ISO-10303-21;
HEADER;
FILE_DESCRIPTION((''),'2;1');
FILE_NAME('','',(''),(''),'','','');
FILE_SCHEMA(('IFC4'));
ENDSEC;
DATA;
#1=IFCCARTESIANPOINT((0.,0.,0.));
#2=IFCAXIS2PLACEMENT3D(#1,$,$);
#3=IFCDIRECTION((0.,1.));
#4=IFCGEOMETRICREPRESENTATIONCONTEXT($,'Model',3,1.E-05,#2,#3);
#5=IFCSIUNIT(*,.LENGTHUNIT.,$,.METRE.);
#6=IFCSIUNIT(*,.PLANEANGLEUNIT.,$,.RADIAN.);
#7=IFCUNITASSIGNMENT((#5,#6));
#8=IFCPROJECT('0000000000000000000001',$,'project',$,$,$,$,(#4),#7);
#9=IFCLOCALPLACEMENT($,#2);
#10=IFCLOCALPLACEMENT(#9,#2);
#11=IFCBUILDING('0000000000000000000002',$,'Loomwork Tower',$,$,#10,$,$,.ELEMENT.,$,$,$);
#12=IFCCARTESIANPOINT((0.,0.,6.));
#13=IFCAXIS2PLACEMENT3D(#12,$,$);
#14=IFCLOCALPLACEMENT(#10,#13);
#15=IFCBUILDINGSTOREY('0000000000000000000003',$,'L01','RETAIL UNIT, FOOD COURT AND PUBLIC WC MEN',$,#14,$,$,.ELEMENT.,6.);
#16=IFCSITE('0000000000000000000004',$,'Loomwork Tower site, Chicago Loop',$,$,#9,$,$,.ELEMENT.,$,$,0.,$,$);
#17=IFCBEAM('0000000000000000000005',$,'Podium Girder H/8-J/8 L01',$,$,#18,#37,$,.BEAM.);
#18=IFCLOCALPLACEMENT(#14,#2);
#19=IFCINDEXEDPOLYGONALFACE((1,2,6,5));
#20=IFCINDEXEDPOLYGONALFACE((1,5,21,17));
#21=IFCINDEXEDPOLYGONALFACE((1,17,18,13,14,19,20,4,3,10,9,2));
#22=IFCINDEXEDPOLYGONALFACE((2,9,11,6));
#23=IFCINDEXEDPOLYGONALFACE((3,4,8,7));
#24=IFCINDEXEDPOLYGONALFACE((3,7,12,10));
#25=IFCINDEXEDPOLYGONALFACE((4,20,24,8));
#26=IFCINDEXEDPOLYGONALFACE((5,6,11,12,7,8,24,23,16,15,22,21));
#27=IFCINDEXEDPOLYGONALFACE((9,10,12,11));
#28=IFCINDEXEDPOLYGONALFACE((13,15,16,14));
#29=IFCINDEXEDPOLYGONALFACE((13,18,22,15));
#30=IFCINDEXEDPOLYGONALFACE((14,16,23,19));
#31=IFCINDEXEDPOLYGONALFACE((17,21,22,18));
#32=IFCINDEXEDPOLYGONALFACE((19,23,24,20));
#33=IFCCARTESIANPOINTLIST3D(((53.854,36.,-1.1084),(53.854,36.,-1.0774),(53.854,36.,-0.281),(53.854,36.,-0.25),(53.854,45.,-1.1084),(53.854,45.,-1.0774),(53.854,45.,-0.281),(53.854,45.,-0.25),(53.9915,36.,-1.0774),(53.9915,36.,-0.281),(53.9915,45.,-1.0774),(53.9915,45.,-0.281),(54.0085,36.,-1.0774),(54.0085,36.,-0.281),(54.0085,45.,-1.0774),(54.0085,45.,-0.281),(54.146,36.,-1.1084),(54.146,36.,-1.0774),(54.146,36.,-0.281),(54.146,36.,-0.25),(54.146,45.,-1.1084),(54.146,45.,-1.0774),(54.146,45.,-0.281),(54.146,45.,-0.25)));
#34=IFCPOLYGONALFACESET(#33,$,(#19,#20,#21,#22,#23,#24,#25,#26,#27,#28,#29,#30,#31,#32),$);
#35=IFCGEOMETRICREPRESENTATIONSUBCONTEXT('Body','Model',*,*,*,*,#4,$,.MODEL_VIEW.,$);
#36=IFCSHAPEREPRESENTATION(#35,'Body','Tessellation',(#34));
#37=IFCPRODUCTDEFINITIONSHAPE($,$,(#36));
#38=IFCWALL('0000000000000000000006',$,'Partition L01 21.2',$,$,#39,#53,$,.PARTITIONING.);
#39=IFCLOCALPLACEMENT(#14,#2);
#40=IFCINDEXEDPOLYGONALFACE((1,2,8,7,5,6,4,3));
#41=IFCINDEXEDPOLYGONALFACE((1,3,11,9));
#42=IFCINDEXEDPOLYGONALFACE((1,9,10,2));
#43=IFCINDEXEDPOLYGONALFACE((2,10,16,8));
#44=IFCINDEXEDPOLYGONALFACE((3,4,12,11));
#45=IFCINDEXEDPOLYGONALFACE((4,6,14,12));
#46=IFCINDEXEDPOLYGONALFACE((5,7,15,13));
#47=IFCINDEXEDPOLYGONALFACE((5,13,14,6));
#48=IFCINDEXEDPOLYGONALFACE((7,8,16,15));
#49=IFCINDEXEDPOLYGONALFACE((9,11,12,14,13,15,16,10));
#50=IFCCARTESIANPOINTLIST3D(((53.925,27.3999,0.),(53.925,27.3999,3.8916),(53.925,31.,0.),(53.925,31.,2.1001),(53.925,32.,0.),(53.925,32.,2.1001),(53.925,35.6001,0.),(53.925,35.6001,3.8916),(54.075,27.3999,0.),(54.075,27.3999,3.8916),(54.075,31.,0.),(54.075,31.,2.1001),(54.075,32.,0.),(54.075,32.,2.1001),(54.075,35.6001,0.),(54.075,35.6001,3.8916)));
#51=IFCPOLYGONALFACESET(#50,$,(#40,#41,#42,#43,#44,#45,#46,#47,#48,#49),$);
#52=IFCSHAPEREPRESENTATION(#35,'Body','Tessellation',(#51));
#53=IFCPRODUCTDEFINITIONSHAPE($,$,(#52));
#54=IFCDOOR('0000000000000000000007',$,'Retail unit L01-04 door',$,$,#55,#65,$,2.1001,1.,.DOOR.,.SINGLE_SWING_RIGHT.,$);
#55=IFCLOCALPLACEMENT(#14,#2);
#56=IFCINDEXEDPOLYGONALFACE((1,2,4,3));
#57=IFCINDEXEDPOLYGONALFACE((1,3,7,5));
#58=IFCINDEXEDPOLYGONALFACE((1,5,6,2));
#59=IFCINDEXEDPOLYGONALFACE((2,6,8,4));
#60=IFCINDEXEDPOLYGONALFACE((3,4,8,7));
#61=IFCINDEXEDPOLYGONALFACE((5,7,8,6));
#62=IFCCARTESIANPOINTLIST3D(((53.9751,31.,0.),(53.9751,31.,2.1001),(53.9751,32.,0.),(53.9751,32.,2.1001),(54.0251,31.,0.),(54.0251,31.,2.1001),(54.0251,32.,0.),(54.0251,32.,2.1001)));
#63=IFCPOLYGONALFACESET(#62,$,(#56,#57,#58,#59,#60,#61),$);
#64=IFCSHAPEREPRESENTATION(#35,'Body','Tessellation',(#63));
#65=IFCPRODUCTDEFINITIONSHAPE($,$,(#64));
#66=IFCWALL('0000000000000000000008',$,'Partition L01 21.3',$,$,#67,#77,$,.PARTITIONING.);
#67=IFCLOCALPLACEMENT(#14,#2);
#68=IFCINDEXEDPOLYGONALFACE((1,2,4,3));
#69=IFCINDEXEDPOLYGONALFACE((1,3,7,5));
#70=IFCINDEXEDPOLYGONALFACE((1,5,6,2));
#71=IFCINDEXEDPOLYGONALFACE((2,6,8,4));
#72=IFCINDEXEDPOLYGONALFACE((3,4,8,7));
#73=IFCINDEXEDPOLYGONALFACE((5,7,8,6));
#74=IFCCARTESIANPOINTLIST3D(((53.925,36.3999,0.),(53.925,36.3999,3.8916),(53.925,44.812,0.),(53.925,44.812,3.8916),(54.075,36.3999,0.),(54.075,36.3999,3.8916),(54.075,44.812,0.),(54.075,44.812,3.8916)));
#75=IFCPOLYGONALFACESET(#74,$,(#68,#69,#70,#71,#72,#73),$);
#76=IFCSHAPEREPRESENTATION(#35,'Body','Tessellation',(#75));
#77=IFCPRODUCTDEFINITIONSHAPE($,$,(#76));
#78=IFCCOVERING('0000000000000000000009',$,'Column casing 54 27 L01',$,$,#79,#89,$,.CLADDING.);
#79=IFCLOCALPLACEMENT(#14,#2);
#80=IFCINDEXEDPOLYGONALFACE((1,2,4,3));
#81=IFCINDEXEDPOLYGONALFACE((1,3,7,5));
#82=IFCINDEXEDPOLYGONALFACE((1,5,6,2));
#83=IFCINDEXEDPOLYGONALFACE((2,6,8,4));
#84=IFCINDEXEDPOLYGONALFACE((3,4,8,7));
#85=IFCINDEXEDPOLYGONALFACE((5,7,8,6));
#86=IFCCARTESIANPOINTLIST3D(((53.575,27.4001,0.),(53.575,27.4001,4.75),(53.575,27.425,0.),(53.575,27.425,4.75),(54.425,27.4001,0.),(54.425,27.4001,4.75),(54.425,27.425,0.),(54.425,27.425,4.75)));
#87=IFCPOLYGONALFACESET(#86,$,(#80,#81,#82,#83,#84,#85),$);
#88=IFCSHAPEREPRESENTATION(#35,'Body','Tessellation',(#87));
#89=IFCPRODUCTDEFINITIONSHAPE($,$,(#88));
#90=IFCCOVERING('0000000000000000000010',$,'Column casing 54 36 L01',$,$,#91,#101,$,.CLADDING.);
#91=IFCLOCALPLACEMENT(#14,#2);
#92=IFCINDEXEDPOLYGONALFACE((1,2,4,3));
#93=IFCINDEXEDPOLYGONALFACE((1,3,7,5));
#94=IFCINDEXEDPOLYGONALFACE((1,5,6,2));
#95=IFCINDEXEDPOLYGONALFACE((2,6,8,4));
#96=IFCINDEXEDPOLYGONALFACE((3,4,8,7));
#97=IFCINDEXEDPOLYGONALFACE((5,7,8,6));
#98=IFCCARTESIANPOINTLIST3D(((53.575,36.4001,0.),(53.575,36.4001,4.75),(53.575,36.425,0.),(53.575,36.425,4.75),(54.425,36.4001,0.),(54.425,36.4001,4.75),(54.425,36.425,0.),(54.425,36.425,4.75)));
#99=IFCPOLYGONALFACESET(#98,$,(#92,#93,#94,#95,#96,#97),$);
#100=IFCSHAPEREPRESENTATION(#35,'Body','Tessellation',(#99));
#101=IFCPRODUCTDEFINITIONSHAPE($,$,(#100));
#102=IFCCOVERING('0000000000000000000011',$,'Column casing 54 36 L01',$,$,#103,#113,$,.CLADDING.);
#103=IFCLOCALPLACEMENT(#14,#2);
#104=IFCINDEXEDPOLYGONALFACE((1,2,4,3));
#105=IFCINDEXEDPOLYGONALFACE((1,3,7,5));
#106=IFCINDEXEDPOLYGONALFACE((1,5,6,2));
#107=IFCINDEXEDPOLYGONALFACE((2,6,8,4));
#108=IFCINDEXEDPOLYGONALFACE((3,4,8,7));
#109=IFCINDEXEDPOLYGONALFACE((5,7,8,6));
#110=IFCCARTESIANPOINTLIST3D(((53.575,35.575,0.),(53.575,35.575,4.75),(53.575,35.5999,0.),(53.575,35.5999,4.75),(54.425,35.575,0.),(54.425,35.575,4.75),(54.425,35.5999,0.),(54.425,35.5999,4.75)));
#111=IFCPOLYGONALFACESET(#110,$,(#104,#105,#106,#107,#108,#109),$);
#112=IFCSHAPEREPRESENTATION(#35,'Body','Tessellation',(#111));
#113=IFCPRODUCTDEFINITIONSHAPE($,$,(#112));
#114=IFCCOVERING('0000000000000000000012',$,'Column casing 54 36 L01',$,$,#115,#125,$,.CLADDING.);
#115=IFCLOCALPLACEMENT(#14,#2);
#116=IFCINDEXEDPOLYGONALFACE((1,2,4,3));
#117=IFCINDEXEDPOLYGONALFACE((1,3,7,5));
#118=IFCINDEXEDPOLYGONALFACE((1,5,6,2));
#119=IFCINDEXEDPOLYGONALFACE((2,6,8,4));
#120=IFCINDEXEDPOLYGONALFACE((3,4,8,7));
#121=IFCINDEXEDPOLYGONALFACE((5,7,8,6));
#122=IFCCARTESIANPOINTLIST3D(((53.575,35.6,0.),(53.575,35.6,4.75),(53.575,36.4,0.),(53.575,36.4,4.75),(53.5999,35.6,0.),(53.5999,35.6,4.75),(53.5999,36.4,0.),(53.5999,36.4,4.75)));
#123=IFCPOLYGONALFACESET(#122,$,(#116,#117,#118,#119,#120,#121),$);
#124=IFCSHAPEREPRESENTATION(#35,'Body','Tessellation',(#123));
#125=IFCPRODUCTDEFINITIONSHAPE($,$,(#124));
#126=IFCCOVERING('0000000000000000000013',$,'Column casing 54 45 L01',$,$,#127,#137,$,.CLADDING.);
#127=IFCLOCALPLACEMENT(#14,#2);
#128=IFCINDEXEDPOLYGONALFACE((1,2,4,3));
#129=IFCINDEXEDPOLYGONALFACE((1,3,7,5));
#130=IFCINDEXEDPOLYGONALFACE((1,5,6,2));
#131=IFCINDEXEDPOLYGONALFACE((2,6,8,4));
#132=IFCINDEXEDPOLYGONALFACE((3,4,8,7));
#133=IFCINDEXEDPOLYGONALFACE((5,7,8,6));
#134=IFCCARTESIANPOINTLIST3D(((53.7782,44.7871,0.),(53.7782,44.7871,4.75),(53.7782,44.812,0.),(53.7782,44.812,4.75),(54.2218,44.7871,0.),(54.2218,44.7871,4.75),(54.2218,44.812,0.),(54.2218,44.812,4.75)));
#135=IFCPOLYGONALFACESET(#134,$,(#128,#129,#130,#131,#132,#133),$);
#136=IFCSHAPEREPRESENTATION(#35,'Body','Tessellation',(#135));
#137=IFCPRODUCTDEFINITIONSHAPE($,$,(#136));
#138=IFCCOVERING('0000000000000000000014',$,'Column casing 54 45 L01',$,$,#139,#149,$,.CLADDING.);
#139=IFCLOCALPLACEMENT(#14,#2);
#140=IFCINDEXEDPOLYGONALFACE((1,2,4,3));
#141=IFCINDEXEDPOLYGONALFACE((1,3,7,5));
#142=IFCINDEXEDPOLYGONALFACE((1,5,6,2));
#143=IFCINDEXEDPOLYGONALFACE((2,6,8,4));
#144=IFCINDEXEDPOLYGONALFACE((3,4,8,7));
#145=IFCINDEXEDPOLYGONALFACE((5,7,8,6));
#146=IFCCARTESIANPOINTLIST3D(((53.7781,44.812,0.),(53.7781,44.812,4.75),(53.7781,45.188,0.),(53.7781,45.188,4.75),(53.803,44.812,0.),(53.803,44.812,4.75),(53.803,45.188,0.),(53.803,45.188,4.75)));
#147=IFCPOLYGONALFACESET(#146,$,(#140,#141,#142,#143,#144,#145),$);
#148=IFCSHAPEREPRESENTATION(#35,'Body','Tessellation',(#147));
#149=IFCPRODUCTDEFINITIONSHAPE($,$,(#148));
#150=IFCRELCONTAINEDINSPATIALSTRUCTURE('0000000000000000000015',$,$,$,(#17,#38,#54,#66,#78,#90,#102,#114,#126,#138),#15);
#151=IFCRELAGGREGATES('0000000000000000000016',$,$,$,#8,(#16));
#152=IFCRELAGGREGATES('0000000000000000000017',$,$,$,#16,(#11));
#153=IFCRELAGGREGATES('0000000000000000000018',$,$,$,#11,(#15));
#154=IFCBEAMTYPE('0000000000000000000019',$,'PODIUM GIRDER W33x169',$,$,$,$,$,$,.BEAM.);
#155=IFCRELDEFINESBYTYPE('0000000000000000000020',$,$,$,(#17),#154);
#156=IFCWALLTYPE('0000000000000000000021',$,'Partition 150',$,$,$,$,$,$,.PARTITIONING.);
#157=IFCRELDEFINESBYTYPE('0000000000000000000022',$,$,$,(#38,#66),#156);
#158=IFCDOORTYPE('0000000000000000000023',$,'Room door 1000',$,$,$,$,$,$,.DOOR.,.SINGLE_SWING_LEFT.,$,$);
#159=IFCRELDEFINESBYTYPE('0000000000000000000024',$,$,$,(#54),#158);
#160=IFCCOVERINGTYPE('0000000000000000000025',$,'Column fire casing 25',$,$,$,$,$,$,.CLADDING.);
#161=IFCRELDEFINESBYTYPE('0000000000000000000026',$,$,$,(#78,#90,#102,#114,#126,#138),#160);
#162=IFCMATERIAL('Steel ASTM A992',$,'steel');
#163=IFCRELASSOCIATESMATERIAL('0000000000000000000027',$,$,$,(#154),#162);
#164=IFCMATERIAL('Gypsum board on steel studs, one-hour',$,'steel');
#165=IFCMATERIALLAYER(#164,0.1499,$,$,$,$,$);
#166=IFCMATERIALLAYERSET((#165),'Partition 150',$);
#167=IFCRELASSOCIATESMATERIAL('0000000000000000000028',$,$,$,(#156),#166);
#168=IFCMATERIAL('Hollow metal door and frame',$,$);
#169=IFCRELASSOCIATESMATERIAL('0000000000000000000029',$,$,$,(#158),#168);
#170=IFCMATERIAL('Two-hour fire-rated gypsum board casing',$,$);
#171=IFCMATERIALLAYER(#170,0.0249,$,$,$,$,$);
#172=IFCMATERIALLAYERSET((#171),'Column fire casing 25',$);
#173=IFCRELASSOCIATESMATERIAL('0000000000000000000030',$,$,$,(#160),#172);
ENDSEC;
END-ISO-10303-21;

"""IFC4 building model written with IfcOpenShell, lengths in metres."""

from ifc_helpers import new_model, si_unit, direction, frame, frame_2d, origin, origin_2d, place, context, subcontext, project, spatial, rectangle, i_section, extrude, material, layer, layer_set, material_profile, profile_set, type_object, element, fill, save


model = new_model("IFC4")

# Units and contexts
model_context = context("Model", 3, precision=1e-05, world=origin(), true_north=direction((0.0, 1.0)))
body_context = subcontext(model_context, "Body", "Model", "MODEL_VIEW")
ifc_project = project(units=[si_unit("LENGTHUNIT", "METRE"), si_unit("PLANEANGLEUNIT", "RADIAN")], contexts=[model_context])

# Site, building, storey
site_placement = place(None, origin())
site = spatial("IfcSite", under=ifc_project, at=site_placement, Name="Loomwork Tower site, Chicago Loop", CompositionType="ELEMENT", RefElevation=0.0)
building_placement = place(site_placement, origin())
building = spatial("IfcBuilding", under=site, at=building_placement, Name="Loomwork Tower", CompositionType="ELEMENT")
storey_placement = place(building_placement, frame((0.0, 0.0, 6.0)))
storey = spatial("IfcBuildingStorey", under=building, at=storey_placement, Name="L01", Description="RETAIL UNIT, FOOD COURT AND PUBLIC WC MEN", CompositionType="ELEMENT", Elevation=6.0)

# Beam
ifc_material_1 = material(Name="Steel ASTM A992", Category="steel")
ifc_material_profile_1 = material_profile(ifc_material_1, i_section(OverallWidth=0.292, OverallDepth=0.8584, WebThickness=0.0171, FlangeThickness=0.031, at=origin_2d()), Name="W33x169")
ifc_profile_set_1 = profile_set([ifc_material_profile_1], Name="Steel ASTM A992")
beam_type_1 = type_object("IfcBeamType", Name="PODIUM GIRDER W33x169", PredefinedType="BEAM", material=ifc_profile_set_1)
for number, where, z_axis, x_axis, name in (
    (1, (54.0, 36.0, -0.6792), (0.0, 1.0, 0.0), (-1.0, 0.0, 0.0), "Podium Girder H/8-J/8 L01"),
):
    element("IfcBeam", number, at=place(storey_placement, frame(where, z_axis=z_axis, x_axis=x_axis)), inside=storey, type_object=beam_type_1, Name=name, PredefinedType="BEAM", context=body_context, shape_type="SweptSolid", body=[
        extrude(i_section(OverallWidth=0.292, OverallDepth=0.8584, WebThickness=0.0171, FlangeThickness=0.031, at=origin_2d()), origin(), (0.0, 0.0, 1.0), 9.0),
    ])

# Wall, opening, door
ifc_material_2 = material(Name="Gypsum board on steel studs, one-hour", Category="steel")
ifc_layer_1 = layer(ifc_material_2, 0.1499)
ifc_layer_set_1 = layer_set([ifc_layer_1], Name="Partition 150")
wall_type = type_object("IfcWallType", Name="Partition 150", PredefinedType="PARTITIONING", material=ifc_layer_set_1)
wall_1_placement = place(storey_placement, frame((54.0, 27.3999, 0.0), z_axis=(0.0, 0.0, 1.0), x_axis=(0.0, 1.0, 0.0)))
wall_1 = element("IfcWall", 2, at=wall_1_placement, inside=storey, type_object=wall_type, Name="Partition L01 21.2", PredefinedType="PARTITIONING", context=body_context, shape_type="SweptSolid", body=[
    extrude(rectangle(XDim=8.2002, YDim=0.1499, at=frame_2d((4.1001, 0.0))), origin(), (0.0, 0.0, 1.0), 3.8916),
])
opening_placement = place(wall_1_placement, frame((3.6001, 0.0, 0.0)))
opening = element("IfcOpeningElement", 3, at=opening_placement, cuts=wall_1, PredefinedType="OPENING", context=body_context, shape_type="SweptSolid", body=[
    extrude(rectangle(XDim=1.0, YDim=2.1001, at=frame_2d((0.5, 1.05))), frame((0.0, 0.085, 0.0), z_axis=(0.0, -1.0, 0.0), x_axis=(1.0, 0.0, 0.0)), (0.0, 0.0, 1.0), 0.1699),
])
ifc_material_3 = material(Name="Hollow metal door and frame")
door_type = type_object("IfcDoorType", Name="Room door 1000", OperationType="SINGLE_SWING_LEFT", PredefinedType="DOOR", material=ifc_material_3)
door_placement = place(opening_placement, origin())
door = element("IfcDoor", 4, at=door_placement, inside=storey, type_object=door_type, Name="Retail unit L01-04 door", OperationType="SINGLE_SWING_RIGHT", OverallHeight=2.1001, OverallWidth=1.0, PredefinedType="DOOR", context=body_context, shape_type="SweptSolid", body=[
    extrude(rectangle(XDim=1.0, YDim=2.1001, at=frame_2d((0.5, 1.05))), frame((0.0, 0.0249, 0.0), z_axis=(0.0, -1.0, 0.0), x_axis=(1.0, 0.0, 0.0)), (0.0, 0.0, 1.0), 0.05),
])
fill(opening, door)

# Wall
wall_2_placement = place(storey_placement, frame((54.0, 36.3999, 0.0), z_axis=(0.0, 0.0, 1.0), x_axis=(0.0, 1.0, 0.0)))
element("IfcWall", 5, at=wall_2_placement, inside=storey, type_object=wall_type, Name="Partition L01 21.3", PredefinedType="PARTITIONING", context=body_context, shape_type="SweptSolid", body=[
    extrude(rectangle(XDim=8.4121, YDim=0.1499, at=frame_2d((4.2061, 0.0))), origin(), (0.0, 0.0, 1.0), 3.8916),
])

# Coverings
ifc_material_4 = material(Name="Two-hour fire-rated gypsum board casing")
ifc_layer_2 = layer(ifc_material_4, 0.0249)
ifc_layer_set_2 = layer_set([ifc_layer_2], Name="Column fire casing 25")
covering_type = type_object("IfcCoveringType", Name="Column fire casing 25", PredefinedType="CLADDING", material=ifc_layer_set_2)
for number, where, z_axis, x_axis, name in (
    (6, (54.0, 27.4126, 0.0), (0.0, 0.0, 1.0), (1.0, 0.0, 0.0), "Column casing 54 27 L01"),
    (7, (54.0, 36.4126, 0.0), (0.0, 0.0, 1.0), (1.0, 0.0, 0.0), "Column casing 54 36 L01"),
    (8, (54.0, 35.5874, 0.0), (0.0, 0.0, 1.0), (1.0, 0.0, 0.0), "Column casing 54 36 L01"),
):
    element("IfcCovering", number, at=place(storey_placement, frame(where, z_axis=z_axis, x_axis=x_axis)), inside=storey, type_object=covering_type, Name=name, PredefinedType="CLADDING", context=body_context, shape_type="SweptSolid", body=[
        extrude(rectangle(XDim=0.8501, YDim=0.0249, at=origin_2d()), origin(), (0.0, 0.0, 1.0), 4.75),
    ])
covering_1_placement = place(storey_placement, frame((53.5874, 36.0, 0.0), z_axis=(0.0, 0.0, 1.0), x_axis=(1.0, 0.0, 0.0)))
element("IfcCovering", 9, at=covering_1_placement, inside=storey, type_object=covering_type, Name="Column casing 54 36 L01", PredefinedType="CLADDING", context=body_context, shape_type="SweptSolid", body=[
    extrude(rectangle(XDim=0.0249, YDim=0.8, at=origin_2d()), origin(), (0.0, 0.0, 1.0), 4.75),
])
covering_2_placement = place(storey_placement, frame((54.0, 44.7996, 0.0), z_axis=(0.0, 0.0, 1.0), x_axis=(1.0, 0.0, 0.0)))
element("IfcCovering", 10, at=covering_2_placement, inside=storey, type_object=covering_type, Name="Column casing 54 45 L01", PredefinedType="CLADDING", context=body_context, shape_type="SweptSolid", body=[
    extrude(rectangle(XDim=0.4436, YDim=0.0249, at=origin_2d()), origin(), (0.0, 0.0, 1.0), 4.75),
])
covering_3_placement = place(storey_placement, frame((53.7905, 45.0, 0.0), z_axis=(0.0, 0.0, 1.0), x_axis=(1.0, 0.0, 0.0)))
element("IfcCovering", 11, at=covering_3_placement, inside=storey, type_object=covering_type, Name="Column casing 54 45 L01", PredefinedType="CLADDING", context=body_context, shape_type="SweptSolid", body=[
    extrude(rectangle(XDim=0.0249, YDim=0.376, at=origin_2d()), origin(), (0.0, 0.0, 1.0), 4.75),
])

save(model, "model.ifc")
